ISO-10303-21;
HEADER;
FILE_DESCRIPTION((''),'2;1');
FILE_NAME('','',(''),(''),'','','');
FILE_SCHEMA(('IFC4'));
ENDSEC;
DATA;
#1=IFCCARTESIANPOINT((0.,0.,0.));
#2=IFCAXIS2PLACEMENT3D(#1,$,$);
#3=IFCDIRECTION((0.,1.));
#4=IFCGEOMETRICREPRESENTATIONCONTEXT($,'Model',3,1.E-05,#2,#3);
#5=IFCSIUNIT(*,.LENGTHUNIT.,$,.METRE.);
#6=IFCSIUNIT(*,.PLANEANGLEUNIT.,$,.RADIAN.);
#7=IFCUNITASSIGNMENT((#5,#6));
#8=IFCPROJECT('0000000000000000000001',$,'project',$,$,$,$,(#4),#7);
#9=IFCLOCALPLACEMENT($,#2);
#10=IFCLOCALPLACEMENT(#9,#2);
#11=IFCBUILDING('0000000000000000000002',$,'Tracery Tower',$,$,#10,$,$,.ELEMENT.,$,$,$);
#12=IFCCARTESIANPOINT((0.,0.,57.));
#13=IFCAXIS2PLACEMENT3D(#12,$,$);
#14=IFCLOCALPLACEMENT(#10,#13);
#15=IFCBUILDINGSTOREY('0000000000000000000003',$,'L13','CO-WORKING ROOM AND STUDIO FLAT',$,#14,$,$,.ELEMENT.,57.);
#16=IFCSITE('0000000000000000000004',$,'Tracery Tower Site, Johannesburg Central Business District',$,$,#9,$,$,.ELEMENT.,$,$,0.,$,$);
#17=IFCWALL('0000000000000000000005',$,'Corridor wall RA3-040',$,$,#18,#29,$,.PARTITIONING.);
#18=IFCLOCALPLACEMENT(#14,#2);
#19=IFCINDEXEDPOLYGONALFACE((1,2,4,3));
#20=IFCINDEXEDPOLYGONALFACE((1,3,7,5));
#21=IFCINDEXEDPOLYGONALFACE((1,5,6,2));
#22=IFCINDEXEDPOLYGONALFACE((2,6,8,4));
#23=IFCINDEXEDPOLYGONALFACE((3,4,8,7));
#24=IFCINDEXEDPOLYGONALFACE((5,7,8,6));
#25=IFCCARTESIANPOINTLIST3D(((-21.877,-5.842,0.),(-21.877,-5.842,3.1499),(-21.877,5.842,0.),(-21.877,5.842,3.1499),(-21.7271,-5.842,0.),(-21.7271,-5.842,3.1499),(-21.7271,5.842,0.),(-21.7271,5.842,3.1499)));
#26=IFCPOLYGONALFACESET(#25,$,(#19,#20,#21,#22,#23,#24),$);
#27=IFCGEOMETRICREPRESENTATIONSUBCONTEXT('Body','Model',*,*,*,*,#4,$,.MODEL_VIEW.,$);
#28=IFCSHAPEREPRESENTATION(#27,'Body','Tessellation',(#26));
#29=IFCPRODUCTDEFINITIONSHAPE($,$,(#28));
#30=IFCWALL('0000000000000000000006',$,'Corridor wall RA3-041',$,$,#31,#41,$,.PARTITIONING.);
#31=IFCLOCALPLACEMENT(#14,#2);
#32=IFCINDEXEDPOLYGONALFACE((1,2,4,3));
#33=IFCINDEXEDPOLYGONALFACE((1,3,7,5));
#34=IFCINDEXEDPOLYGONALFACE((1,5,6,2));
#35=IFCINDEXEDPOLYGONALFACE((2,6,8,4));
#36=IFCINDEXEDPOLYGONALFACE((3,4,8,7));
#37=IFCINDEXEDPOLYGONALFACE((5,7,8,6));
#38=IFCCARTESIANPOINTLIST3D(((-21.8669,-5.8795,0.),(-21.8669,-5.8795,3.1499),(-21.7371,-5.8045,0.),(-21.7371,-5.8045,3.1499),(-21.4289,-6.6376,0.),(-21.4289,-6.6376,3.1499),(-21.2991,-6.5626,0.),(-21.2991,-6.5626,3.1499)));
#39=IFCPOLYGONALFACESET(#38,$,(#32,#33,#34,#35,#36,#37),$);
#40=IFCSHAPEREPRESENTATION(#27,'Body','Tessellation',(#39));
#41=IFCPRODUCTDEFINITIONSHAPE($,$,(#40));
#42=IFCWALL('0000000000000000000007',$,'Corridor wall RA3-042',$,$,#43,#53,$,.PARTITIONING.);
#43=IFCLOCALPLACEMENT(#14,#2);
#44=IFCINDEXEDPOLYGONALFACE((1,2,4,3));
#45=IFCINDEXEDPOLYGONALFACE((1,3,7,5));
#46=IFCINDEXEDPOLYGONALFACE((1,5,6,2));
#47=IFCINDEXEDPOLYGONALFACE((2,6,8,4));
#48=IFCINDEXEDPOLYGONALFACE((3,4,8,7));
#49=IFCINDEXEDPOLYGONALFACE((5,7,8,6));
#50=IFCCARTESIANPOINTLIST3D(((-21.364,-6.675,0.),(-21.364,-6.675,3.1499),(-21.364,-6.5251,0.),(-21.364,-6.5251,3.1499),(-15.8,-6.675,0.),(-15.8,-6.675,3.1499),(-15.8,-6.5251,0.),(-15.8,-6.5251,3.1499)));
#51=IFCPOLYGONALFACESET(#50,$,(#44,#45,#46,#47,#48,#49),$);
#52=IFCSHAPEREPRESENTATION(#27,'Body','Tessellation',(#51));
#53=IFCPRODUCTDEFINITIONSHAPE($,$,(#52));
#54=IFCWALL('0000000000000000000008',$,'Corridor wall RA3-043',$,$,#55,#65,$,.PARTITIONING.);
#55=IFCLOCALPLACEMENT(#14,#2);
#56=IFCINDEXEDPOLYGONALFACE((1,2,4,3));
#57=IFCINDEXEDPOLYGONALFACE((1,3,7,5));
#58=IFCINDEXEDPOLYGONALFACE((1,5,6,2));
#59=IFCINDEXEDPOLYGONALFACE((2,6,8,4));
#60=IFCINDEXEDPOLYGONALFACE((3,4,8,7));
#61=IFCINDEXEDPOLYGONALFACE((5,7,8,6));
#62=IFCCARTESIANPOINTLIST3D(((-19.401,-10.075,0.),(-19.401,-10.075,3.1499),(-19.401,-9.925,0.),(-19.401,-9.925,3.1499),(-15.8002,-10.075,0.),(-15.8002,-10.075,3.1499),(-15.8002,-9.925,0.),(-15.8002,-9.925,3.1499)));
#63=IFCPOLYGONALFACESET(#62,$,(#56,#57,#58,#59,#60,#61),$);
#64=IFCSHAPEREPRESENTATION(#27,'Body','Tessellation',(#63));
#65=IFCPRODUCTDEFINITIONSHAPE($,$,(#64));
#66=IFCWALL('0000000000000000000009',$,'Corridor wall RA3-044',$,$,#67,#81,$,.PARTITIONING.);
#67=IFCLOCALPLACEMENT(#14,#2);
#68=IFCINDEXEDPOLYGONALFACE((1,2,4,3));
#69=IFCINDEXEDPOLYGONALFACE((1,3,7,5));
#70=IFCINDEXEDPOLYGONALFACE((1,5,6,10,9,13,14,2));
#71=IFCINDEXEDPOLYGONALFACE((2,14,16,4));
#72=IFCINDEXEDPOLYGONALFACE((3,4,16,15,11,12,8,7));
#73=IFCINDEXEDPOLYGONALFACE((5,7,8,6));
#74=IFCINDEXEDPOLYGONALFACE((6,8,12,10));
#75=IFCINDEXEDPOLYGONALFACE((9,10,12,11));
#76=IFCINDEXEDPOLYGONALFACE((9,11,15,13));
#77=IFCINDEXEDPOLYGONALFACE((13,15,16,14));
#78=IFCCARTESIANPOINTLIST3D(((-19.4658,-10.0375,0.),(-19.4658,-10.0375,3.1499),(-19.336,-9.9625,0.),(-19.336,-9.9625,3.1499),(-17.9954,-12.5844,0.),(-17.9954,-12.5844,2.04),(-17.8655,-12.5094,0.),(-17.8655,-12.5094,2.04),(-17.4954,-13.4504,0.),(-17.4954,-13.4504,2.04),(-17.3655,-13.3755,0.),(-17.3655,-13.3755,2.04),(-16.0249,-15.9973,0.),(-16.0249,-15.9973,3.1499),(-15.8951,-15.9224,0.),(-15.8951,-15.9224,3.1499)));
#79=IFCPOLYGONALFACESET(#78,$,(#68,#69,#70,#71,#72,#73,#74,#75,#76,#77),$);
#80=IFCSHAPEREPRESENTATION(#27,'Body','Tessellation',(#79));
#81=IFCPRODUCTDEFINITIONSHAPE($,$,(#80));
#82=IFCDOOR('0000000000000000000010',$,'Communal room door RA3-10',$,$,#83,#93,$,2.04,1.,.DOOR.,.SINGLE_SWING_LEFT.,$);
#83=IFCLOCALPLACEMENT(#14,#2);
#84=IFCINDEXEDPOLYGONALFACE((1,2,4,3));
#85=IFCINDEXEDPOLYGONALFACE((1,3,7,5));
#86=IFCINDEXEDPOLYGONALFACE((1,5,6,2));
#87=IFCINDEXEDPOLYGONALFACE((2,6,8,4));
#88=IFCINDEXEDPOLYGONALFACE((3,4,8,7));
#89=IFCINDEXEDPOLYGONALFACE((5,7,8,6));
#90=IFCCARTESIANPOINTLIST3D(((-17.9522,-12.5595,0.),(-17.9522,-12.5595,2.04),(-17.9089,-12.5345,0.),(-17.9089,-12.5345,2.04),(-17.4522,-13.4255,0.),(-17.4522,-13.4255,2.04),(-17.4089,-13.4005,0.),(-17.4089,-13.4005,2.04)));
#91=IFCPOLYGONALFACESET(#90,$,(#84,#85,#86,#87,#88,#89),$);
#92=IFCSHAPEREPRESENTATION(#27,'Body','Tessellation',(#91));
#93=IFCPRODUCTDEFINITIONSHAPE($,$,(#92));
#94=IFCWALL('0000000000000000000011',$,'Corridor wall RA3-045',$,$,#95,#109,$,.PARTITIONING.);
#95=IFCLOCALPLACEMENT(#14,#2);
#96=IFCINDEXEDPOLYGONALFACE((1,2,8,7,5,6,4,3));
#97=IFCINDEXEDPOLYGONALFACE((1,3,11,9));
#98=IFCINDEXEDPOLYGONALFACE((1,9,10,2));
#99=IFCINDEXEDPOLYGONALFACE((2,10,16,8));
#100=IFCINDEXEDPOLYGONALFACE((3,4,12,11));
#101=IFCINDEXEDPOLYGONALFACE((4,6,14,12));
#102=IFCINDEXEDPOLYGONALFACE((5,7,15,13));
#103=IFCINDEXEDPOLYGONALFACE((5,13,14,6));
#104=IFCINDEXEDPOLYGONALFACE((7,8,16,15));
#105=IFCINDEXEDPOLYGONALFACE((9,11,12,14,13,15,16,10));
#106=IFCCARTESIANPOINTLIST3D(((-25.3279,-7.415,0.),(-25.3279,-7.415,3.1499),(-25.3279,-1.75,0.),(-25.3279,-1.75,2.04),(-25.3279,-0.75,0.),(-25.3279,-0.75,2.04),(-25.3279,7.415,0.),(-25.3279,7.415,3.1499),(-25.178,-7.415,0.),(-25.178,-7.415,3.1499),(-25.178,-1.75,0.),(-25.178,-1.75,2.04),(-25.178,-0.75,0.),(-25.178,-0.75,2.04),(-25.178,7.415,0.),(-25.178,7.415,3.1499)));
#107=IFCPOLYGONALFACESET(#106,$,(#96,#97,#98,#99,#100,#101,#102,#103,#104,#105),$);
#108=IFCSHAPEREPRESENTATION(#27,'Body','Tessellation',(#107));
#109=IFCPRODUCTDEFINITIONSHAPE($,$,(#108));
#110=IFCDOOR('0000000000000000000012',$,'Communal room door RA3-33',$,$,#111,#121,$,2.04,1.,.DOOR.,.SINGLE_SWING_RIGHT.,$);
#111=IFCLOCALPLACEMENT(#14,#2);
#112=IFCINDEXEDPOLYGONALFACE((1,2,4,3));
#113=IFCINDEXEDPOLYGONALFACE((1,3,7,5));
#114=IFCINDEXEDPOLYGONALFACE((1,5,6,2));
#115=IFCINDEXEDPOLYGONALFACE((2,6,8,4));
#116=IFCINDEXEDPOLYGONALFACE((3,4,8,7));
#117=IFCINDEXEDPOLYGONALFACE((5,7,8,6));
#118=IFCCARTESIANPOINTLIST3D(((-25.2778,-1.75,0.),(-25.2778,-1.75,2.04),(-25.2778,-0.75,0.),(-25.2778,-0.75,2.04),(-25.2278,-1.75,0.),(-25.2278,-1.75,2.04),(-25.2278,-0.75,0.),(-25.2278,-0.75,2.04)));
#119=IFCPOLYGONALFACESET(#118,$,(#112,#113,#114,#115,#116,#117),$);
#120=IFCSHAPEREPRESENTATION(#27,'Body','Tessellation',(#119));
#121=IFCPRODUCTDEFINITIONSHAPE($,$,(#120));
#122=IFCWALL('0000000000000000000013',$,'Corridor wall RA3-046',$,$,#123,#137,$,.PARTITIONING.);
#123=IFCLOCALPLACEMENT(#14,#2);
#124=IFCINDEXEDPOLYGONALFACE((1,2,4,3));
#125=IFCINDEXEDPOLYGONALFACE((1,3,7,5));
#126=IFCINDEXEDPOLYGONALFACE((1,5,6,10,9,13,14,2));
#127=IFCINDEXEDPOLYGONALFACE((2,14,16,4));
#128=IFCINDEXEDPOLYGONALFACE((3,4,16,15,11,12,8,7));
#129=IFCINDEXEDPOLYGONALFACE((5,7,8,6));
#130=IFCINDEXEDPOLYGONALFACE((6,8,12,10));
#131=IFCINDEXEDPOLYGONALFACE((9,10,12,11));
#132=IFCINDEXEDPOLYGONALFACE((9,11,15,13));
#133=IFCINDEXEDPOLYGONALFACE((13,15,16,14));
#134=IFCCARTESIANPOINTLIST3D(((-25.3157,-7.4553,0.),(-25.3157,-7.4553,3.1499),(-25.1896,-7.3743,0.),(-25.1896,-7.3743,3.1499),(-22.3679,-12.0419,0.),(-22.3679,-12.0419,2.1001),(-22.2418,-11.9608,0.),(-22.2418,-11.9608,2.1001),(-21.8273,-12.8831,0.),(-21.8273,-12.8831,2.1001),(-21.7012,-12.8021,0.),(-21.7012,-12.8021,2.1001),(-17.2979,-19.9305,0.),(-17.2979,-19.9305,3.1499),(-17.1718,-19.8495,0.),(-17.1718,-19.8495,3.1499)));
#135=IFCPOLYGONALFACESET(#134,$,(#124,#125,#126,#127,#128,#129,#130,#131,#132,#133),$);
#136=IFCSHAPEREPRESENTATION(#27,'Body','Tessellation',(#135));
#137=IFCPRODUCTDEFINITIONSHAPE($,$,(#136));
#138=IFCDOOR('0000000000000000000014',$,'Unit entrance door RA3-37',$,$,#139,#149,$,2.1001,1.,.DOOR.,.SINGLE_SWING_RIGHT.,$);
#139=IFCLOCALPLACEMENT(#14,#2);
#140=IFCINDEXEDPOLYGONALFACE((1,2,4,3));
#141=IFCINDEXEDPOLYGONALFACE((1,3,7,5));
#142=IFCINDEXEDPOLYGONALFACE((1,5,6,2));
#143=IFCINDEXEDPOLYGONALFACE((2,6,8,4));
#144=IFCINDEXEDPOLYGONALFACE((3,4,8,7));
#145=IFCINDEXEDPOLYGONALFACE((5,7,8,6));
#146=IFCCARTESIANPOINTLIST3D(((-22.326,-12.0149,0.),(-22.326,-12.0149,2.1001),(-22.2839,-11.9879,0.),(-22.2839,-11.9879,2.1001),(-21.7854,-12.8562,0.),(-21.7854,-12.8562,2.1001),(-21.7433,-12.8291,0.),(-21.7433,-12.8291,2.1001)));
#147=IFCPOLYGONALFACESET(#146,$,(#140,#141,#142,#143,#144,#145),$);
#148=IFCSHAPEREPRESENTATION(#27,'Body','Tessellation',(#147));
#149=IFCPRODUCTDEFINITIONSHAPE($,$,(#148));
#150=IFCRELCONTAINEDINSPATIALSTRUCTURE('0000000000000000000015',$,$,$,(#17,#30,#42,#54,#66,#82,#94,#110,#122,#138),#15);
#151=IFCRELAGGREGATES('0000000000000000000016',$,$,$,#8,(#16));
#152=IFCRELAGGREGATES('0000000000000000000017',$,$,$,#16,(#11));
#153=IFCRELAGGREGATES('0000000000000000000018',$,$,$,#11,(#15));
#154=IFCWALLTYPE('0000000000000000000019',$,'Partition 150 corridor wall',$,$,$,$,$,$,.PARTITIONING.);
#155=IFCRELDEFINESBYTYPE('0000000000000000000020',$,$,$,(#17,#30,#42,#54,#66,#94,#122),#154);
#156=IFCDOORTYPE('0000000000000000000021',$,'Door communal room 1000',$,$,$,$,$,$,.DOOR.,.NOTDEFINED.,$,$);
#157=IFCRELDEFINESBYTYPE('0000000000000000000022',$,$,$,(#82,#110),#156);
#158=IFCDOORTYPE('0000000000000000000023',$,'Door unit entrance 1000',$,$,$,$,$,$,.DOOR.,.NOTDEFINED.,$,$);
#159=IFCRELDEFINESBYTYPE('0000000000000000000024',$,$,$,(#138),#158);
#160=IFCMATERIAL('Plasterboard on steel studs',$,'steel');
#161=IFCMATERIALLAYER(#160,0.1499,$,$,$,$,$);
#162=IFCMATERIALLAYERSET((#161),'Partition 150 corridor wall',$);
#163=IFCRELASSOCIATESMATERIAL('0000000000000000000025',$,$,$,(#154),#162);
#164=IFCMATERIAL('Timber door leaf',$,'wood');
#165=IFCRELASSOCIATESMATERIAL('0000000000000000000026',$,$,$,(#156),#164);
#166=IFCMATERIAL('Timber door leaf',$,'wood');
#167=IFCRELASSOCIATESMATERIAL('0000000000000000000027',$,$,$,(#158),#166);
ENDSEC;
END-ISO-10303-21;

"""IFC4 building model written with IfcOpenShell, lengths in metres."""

from ifc_helpers import new_model, si_unit, direction, frame, frame_2d, origin, place, context, subcontext, project, spatial, rectangle, extrude, material, layer, layer_set, type_object, element, fill, save


model = new_model("IFC4")

# Units and contexts
model_context = context("Model", 3, precision=1e-05, world=origin(), true_north=direction((0.0, 1.0)))
body_context = subcontext(model_context, "Body", "Model", "MODEL_VIEW")
ifc_project = project(units=[si_unit("LENGTHUNIT", "METRE"), si_unit("PLANEANGLEUNIT", "RADIAN")], contexts=[model_context])

# Site, building, storey
site_placement = place(None, origin())
site = spatial("IfcSite", under=ifc_project, at=site_placement, Name="Tracery Tower Site, Johannesburg Central Business District", CompositionType="ELEMENT", RefElevation=0.0)
building_placement = place(site_placement, origin())
building = spatial("IfcBuilding", under=site, at=building_placement, Name="Tracery Tower", CompositionType="ELEMENT")
storey_placement = place(building_placement, frame((0.0, 0.0, 57.0)))
storey = spatial("IfcBuildingStorey", under=building, at=storey_placement, Name="L13", Description="CO-WORKING ROOM AND STUDIO FLAT", CompositionType="ELEMENT", Elevation=57.0)

# Shared definitions
ifc_material_1 = material(Name="Plasterboard on steel studs", Category="steel")
ifc_layer_1 = layer(ifc_material_1, 0.1499)
ifc_layer_set_1 = layer_set([ifc_layer_1], Name="Partition 150 corridor wall")
wall_type_1 = type_object("IfcWallType", Name="Partition 150 corridor wall", PredefinedType="PARTITIONING", material=ifc_layer_set_1)

# Walls
wall_1_placement = place(storey_placement, frame((-21.802, -5.842, 0.0), z_axis=(0.0, 0.0, 1.0), x_axis=(0.0, 1.0, 0.0)))
element("IfcWall", 1, at=wall_1_placement, inside=storey, type_object=wall_type_1, Name="Corridor wall RA3-040", PredefinedType="PARTITIONING", context=body_context, shape_type="SweptSolid", body=[
    extrude(rectangle(XDim=11.6841, YDim=0.1499, at=frame_2d((5.842, 0.0))), origin(), (0.0, 0.0, 1.0), 3.1499),
])
wall_2_placement = place(storey_placement, frame((-21.802, -5.842, 0.0), z_axis=(0.0, 0.0, 1.0), x_axis=(0.500278, -0.865865, 0.0)))
element("IfcWall", 2, at=wall_2_placement, inside=storey, type_object=wall_type_1, Name="Corridor wall RA3-041", PredefinedType="PARTITIONING", context=body_context, shape_type="SweptSolid", body=[
    extrude(rectangle(XDim=0.8755, YDim=0.1499, at=frame_2d((0.4377, 0.0))), origin(), (0.0, 0.0, 1.0), 3.1499),
])
wall_3_placement = place(storey_placement, frame((-21.364, -6.6001, 0.0), z_axis=(0.0, 0.0, 1.0), x_axis=(1.0, 0.0, 0.0)))
element("IfcWall", 3, at=wall_3_placement, inside=storey, type_object=wall_type_1, Name="Corridor wall RA3-042", PredefinedType="PARTITIONING", context=body_context, shape_type="SweptSolid", body=[
    extrude(rectangle(XDim=5.564, YDim=0.1499, at=frame_2d((2.782, 0.0))), origin(), (0.0, 0.0, 1.0), 3.1499),
])
wall_4_placement = place(storey_placement, frame((-19.4009, -10.0, 0.0), z_axis=(0.0, 0.0, 1.0), x_axis=(1.0, 0.0, 0.0)))
element("IfcWall", 4, at=wall_4_placement, inside=storey, type_object=wall_type_1, Name="Corridor wall RA3-043", PredefinedType="PARTITIONING", context=body_context, shape_type="SweptSolid", body=[
    extrude(rectangle(XDim=3.6008, YDim=0.1499, at=frame_2d((1.8003, 0.0))), origin(), (0.0, 0.0, 1.0), 3.1499),
])

# Walls, openings, doors
wall_5_placement = place(storey_placement, frame((-19.4009, -10.0, 0.0), z_axis=(0.0, 0.0, 1.0), x_axis=(0.499993, -0.86603, 0.0)))
wall_5 = element("IfcWall", 5, at=wall_5_placement, inside=storey, type_object=wall_type_1, Name="Corridor wall RA3-044", PredefinedType="PARTITIONING", context=body_context, shape_type="SweptSolid", body=[
    extrude(rectangle(XDim=6.8818, YDim=0.1499, at=frame_2d((3.4409, 0.0))), origin(), (0.0, 0.0, 1.0), 3.1499),
])
opening_1_placement = place(wall_5_placement, frame((2.9409, 0.0, 0.0)))
opening_1 = element("IfcOpeningElement", 6, at=opening_1_placement, cuts=wall_5, PredefinedType="OPENING", context=body_context, shape_type="SweptSolid", body=[
    extrude(rectangle(XDim=1.0, YDim=2.04, at=frame_2d((0.5, 1.02))), frame((0.0, 0.075, 0.0), z_axis=(0.0, -1.0, 0.0), x_axis=(1.0, 0.0, 0.0)), (0.0, 0.0, 1.0), 0.1499),
])
ifc_material_2 = material(Name="Timber door leaf", Category="wood")
door_type_1 = type_object("IfcDoorType", Name="Door communal room 1000", OperationType="NOTDEFINED", PredefinedType="DOOR", material=ifc_material_2)
door_1_placement = place(opening_1_placement, origin())
door_1 = element("IfcDoor", 7, at=door_1_placement, inside=storey, type_object=door_type_1, Name="Communal room door RA3-10", OperationType="SINGLE_SWING_LEFT", OverallHeight=2.04, OverallWidth=1.0, PredefinedType="DOOR", context=body_context, shape_type="SweptSolid", body=[
    extrude(rectangle(XDim=1.0, YDim=2.04, at=frame_2d((0.5, 1.02))), frame((0.0, 0.0249, 0.0), z_axis=(0.0, -1.0, 0.0), x_axis=(1.0, 0.0, 0.0)), (0.0, 0.0, 1.0), 0.05),
])
fill(opening_1, door_1)
wall_6_placement = place(storey_placement, frame((-25.2529, -7.415, 0.0), z_axis=(0.0, 0.0, 1.0), x_axis=(0.0, 1.0, 0.0)))
wall_6 = element("IfcWall", 8, at=wall_6_placement, inside=storey, type_object=wall_type_1, Name="Corridor wall RA3-045", PredefinedType="PARTITIONING", context=body_context, shape_type="SweptSolid", body=[
    extrude(rectangle(XDim=14.8301, YDim=0.1499, at=frame_2d((7.415, 0.0))), origin(), (0.0, 0.0, 1.0), 3.1499),
])
opening_2_placement = place(wall_6_placement, frame((5.665, 0.0, 0.0)))
opening_2 = element("IfcOpeningElement", 9, at=opening_2_placement, cuts=wall_6, PredefinedType="OPENING", context=body_context, shape_type="SweptSolid", body=[
    extrude(rectangle(XDim=1.0, YDim=2.04, at=frame_2d((0.5, 1.02))), frame((0.0, 0.075, 0.0), z_axis=(0.0, -1.0, 0.0), x_axis=(1.0, 0.0, 0.0)), (0.0, 0.0, 1.0), 0.1499),
])
door_2_placement = place(opening_2_placement, origin())
door_2 = element("IfcDoor", 10, at=door_2_placement, inside=storey, type_object=door_type_1, Name="Communal room door RA3-33", OperationType="SINGLE_SWING_RIGHT", OverallHeight=2.04, OverallWidth=1.0, PredefinedType="DOOR", context=body_context, shape_type="SweptSolid", body=[
    extrude(rectangle(XDim=1.0, YDim=2.04, at=frame_2d((0.5, 1.02))), frame((0.0, 0.0249, 0.0), z_axis=(0.0, -1.0, 0.0), x_axis=(1.0, 0.0, 0.0)), (0.0, 0.0, 1.0), 0.05),
])
fill(opening_2, door_2)
wall_7_placement = place(storey_placement, frame((-25.2527, -7.4148, 0.0), z_axis=(0.0, 0.0, 1.0), x_axis=(0.540668, -0.841236, 0.0)))
wall_7 = element("IfcWall", 11, at=wall_7_placement, inside=storey, type_object=wall_type_1, Name="Corridor wall RA3-046", PredefinedType="PARTITIONING", context=body_context, shape_type="SweptSolid", body=[
    extrude(rectangle(XDim=14.8296, YDim=0.1499, at=frame_2d((7.4148, 0.0))), origin(), (0.0, 0.0, 1.0), 3.1499),
])
opening_3_placement = place(wall_7_placement, frame((5.4521, 0.0, 0.0)))
opening_3 = element("IfcOpeningElement", 12, at=opening_3_placement, cuts=wall_7, PredefinedType="OPENING", context=body_context, shape_type="SweptSolid", body=[
    extrude(rectangle(XDim=1.0, YDim=2.1001, at=frame_2d((0.5, 1.05))), frame((0.0, 0.075, 0.0), z_axis=(0.0, -1.0, 0.0), x_axis=(1.0, 0.0, 0.0)), (0.0, 0.0, 1.0), 0.1499),
])
ifc_material_3 = material(Name="Timber door leaf", Category="wood")
door_type_2 = type_object("IfcDoorType", Name="Door unit entrance 1000", OperationType="NOTDEFINED", PredefinedType="DOOR", material=ifc_material_3)
door_3_placement = place(opening_3_placement, origin())
door_3 = element("IfcDoor", 13, at=door_3_placement, inside=storey, type_object=door_type_2, Name="Unit entrance door RA3-37", OperationType="SINGLE_SWING_RIGHT", OverallHeight=2.1001, OverallWidth=1.0, PredefinedType="DOOR", context=body_context, shape_type="SweptSolid", body=[
    extrude(rectangle(XDim=1.0, YDim=2.1001, at=frame_2d((0.5, 1.05))), frame((0.0, 0.0249, 0.0), z_axis=(0.0, -1.0, 0.0), x_axis=(1.0, 0.0, 0.0)), (0.0, 0.0, 1.0), 0.05),
])
fill(opening_3, door_3)

save(model, "model.ifc")
